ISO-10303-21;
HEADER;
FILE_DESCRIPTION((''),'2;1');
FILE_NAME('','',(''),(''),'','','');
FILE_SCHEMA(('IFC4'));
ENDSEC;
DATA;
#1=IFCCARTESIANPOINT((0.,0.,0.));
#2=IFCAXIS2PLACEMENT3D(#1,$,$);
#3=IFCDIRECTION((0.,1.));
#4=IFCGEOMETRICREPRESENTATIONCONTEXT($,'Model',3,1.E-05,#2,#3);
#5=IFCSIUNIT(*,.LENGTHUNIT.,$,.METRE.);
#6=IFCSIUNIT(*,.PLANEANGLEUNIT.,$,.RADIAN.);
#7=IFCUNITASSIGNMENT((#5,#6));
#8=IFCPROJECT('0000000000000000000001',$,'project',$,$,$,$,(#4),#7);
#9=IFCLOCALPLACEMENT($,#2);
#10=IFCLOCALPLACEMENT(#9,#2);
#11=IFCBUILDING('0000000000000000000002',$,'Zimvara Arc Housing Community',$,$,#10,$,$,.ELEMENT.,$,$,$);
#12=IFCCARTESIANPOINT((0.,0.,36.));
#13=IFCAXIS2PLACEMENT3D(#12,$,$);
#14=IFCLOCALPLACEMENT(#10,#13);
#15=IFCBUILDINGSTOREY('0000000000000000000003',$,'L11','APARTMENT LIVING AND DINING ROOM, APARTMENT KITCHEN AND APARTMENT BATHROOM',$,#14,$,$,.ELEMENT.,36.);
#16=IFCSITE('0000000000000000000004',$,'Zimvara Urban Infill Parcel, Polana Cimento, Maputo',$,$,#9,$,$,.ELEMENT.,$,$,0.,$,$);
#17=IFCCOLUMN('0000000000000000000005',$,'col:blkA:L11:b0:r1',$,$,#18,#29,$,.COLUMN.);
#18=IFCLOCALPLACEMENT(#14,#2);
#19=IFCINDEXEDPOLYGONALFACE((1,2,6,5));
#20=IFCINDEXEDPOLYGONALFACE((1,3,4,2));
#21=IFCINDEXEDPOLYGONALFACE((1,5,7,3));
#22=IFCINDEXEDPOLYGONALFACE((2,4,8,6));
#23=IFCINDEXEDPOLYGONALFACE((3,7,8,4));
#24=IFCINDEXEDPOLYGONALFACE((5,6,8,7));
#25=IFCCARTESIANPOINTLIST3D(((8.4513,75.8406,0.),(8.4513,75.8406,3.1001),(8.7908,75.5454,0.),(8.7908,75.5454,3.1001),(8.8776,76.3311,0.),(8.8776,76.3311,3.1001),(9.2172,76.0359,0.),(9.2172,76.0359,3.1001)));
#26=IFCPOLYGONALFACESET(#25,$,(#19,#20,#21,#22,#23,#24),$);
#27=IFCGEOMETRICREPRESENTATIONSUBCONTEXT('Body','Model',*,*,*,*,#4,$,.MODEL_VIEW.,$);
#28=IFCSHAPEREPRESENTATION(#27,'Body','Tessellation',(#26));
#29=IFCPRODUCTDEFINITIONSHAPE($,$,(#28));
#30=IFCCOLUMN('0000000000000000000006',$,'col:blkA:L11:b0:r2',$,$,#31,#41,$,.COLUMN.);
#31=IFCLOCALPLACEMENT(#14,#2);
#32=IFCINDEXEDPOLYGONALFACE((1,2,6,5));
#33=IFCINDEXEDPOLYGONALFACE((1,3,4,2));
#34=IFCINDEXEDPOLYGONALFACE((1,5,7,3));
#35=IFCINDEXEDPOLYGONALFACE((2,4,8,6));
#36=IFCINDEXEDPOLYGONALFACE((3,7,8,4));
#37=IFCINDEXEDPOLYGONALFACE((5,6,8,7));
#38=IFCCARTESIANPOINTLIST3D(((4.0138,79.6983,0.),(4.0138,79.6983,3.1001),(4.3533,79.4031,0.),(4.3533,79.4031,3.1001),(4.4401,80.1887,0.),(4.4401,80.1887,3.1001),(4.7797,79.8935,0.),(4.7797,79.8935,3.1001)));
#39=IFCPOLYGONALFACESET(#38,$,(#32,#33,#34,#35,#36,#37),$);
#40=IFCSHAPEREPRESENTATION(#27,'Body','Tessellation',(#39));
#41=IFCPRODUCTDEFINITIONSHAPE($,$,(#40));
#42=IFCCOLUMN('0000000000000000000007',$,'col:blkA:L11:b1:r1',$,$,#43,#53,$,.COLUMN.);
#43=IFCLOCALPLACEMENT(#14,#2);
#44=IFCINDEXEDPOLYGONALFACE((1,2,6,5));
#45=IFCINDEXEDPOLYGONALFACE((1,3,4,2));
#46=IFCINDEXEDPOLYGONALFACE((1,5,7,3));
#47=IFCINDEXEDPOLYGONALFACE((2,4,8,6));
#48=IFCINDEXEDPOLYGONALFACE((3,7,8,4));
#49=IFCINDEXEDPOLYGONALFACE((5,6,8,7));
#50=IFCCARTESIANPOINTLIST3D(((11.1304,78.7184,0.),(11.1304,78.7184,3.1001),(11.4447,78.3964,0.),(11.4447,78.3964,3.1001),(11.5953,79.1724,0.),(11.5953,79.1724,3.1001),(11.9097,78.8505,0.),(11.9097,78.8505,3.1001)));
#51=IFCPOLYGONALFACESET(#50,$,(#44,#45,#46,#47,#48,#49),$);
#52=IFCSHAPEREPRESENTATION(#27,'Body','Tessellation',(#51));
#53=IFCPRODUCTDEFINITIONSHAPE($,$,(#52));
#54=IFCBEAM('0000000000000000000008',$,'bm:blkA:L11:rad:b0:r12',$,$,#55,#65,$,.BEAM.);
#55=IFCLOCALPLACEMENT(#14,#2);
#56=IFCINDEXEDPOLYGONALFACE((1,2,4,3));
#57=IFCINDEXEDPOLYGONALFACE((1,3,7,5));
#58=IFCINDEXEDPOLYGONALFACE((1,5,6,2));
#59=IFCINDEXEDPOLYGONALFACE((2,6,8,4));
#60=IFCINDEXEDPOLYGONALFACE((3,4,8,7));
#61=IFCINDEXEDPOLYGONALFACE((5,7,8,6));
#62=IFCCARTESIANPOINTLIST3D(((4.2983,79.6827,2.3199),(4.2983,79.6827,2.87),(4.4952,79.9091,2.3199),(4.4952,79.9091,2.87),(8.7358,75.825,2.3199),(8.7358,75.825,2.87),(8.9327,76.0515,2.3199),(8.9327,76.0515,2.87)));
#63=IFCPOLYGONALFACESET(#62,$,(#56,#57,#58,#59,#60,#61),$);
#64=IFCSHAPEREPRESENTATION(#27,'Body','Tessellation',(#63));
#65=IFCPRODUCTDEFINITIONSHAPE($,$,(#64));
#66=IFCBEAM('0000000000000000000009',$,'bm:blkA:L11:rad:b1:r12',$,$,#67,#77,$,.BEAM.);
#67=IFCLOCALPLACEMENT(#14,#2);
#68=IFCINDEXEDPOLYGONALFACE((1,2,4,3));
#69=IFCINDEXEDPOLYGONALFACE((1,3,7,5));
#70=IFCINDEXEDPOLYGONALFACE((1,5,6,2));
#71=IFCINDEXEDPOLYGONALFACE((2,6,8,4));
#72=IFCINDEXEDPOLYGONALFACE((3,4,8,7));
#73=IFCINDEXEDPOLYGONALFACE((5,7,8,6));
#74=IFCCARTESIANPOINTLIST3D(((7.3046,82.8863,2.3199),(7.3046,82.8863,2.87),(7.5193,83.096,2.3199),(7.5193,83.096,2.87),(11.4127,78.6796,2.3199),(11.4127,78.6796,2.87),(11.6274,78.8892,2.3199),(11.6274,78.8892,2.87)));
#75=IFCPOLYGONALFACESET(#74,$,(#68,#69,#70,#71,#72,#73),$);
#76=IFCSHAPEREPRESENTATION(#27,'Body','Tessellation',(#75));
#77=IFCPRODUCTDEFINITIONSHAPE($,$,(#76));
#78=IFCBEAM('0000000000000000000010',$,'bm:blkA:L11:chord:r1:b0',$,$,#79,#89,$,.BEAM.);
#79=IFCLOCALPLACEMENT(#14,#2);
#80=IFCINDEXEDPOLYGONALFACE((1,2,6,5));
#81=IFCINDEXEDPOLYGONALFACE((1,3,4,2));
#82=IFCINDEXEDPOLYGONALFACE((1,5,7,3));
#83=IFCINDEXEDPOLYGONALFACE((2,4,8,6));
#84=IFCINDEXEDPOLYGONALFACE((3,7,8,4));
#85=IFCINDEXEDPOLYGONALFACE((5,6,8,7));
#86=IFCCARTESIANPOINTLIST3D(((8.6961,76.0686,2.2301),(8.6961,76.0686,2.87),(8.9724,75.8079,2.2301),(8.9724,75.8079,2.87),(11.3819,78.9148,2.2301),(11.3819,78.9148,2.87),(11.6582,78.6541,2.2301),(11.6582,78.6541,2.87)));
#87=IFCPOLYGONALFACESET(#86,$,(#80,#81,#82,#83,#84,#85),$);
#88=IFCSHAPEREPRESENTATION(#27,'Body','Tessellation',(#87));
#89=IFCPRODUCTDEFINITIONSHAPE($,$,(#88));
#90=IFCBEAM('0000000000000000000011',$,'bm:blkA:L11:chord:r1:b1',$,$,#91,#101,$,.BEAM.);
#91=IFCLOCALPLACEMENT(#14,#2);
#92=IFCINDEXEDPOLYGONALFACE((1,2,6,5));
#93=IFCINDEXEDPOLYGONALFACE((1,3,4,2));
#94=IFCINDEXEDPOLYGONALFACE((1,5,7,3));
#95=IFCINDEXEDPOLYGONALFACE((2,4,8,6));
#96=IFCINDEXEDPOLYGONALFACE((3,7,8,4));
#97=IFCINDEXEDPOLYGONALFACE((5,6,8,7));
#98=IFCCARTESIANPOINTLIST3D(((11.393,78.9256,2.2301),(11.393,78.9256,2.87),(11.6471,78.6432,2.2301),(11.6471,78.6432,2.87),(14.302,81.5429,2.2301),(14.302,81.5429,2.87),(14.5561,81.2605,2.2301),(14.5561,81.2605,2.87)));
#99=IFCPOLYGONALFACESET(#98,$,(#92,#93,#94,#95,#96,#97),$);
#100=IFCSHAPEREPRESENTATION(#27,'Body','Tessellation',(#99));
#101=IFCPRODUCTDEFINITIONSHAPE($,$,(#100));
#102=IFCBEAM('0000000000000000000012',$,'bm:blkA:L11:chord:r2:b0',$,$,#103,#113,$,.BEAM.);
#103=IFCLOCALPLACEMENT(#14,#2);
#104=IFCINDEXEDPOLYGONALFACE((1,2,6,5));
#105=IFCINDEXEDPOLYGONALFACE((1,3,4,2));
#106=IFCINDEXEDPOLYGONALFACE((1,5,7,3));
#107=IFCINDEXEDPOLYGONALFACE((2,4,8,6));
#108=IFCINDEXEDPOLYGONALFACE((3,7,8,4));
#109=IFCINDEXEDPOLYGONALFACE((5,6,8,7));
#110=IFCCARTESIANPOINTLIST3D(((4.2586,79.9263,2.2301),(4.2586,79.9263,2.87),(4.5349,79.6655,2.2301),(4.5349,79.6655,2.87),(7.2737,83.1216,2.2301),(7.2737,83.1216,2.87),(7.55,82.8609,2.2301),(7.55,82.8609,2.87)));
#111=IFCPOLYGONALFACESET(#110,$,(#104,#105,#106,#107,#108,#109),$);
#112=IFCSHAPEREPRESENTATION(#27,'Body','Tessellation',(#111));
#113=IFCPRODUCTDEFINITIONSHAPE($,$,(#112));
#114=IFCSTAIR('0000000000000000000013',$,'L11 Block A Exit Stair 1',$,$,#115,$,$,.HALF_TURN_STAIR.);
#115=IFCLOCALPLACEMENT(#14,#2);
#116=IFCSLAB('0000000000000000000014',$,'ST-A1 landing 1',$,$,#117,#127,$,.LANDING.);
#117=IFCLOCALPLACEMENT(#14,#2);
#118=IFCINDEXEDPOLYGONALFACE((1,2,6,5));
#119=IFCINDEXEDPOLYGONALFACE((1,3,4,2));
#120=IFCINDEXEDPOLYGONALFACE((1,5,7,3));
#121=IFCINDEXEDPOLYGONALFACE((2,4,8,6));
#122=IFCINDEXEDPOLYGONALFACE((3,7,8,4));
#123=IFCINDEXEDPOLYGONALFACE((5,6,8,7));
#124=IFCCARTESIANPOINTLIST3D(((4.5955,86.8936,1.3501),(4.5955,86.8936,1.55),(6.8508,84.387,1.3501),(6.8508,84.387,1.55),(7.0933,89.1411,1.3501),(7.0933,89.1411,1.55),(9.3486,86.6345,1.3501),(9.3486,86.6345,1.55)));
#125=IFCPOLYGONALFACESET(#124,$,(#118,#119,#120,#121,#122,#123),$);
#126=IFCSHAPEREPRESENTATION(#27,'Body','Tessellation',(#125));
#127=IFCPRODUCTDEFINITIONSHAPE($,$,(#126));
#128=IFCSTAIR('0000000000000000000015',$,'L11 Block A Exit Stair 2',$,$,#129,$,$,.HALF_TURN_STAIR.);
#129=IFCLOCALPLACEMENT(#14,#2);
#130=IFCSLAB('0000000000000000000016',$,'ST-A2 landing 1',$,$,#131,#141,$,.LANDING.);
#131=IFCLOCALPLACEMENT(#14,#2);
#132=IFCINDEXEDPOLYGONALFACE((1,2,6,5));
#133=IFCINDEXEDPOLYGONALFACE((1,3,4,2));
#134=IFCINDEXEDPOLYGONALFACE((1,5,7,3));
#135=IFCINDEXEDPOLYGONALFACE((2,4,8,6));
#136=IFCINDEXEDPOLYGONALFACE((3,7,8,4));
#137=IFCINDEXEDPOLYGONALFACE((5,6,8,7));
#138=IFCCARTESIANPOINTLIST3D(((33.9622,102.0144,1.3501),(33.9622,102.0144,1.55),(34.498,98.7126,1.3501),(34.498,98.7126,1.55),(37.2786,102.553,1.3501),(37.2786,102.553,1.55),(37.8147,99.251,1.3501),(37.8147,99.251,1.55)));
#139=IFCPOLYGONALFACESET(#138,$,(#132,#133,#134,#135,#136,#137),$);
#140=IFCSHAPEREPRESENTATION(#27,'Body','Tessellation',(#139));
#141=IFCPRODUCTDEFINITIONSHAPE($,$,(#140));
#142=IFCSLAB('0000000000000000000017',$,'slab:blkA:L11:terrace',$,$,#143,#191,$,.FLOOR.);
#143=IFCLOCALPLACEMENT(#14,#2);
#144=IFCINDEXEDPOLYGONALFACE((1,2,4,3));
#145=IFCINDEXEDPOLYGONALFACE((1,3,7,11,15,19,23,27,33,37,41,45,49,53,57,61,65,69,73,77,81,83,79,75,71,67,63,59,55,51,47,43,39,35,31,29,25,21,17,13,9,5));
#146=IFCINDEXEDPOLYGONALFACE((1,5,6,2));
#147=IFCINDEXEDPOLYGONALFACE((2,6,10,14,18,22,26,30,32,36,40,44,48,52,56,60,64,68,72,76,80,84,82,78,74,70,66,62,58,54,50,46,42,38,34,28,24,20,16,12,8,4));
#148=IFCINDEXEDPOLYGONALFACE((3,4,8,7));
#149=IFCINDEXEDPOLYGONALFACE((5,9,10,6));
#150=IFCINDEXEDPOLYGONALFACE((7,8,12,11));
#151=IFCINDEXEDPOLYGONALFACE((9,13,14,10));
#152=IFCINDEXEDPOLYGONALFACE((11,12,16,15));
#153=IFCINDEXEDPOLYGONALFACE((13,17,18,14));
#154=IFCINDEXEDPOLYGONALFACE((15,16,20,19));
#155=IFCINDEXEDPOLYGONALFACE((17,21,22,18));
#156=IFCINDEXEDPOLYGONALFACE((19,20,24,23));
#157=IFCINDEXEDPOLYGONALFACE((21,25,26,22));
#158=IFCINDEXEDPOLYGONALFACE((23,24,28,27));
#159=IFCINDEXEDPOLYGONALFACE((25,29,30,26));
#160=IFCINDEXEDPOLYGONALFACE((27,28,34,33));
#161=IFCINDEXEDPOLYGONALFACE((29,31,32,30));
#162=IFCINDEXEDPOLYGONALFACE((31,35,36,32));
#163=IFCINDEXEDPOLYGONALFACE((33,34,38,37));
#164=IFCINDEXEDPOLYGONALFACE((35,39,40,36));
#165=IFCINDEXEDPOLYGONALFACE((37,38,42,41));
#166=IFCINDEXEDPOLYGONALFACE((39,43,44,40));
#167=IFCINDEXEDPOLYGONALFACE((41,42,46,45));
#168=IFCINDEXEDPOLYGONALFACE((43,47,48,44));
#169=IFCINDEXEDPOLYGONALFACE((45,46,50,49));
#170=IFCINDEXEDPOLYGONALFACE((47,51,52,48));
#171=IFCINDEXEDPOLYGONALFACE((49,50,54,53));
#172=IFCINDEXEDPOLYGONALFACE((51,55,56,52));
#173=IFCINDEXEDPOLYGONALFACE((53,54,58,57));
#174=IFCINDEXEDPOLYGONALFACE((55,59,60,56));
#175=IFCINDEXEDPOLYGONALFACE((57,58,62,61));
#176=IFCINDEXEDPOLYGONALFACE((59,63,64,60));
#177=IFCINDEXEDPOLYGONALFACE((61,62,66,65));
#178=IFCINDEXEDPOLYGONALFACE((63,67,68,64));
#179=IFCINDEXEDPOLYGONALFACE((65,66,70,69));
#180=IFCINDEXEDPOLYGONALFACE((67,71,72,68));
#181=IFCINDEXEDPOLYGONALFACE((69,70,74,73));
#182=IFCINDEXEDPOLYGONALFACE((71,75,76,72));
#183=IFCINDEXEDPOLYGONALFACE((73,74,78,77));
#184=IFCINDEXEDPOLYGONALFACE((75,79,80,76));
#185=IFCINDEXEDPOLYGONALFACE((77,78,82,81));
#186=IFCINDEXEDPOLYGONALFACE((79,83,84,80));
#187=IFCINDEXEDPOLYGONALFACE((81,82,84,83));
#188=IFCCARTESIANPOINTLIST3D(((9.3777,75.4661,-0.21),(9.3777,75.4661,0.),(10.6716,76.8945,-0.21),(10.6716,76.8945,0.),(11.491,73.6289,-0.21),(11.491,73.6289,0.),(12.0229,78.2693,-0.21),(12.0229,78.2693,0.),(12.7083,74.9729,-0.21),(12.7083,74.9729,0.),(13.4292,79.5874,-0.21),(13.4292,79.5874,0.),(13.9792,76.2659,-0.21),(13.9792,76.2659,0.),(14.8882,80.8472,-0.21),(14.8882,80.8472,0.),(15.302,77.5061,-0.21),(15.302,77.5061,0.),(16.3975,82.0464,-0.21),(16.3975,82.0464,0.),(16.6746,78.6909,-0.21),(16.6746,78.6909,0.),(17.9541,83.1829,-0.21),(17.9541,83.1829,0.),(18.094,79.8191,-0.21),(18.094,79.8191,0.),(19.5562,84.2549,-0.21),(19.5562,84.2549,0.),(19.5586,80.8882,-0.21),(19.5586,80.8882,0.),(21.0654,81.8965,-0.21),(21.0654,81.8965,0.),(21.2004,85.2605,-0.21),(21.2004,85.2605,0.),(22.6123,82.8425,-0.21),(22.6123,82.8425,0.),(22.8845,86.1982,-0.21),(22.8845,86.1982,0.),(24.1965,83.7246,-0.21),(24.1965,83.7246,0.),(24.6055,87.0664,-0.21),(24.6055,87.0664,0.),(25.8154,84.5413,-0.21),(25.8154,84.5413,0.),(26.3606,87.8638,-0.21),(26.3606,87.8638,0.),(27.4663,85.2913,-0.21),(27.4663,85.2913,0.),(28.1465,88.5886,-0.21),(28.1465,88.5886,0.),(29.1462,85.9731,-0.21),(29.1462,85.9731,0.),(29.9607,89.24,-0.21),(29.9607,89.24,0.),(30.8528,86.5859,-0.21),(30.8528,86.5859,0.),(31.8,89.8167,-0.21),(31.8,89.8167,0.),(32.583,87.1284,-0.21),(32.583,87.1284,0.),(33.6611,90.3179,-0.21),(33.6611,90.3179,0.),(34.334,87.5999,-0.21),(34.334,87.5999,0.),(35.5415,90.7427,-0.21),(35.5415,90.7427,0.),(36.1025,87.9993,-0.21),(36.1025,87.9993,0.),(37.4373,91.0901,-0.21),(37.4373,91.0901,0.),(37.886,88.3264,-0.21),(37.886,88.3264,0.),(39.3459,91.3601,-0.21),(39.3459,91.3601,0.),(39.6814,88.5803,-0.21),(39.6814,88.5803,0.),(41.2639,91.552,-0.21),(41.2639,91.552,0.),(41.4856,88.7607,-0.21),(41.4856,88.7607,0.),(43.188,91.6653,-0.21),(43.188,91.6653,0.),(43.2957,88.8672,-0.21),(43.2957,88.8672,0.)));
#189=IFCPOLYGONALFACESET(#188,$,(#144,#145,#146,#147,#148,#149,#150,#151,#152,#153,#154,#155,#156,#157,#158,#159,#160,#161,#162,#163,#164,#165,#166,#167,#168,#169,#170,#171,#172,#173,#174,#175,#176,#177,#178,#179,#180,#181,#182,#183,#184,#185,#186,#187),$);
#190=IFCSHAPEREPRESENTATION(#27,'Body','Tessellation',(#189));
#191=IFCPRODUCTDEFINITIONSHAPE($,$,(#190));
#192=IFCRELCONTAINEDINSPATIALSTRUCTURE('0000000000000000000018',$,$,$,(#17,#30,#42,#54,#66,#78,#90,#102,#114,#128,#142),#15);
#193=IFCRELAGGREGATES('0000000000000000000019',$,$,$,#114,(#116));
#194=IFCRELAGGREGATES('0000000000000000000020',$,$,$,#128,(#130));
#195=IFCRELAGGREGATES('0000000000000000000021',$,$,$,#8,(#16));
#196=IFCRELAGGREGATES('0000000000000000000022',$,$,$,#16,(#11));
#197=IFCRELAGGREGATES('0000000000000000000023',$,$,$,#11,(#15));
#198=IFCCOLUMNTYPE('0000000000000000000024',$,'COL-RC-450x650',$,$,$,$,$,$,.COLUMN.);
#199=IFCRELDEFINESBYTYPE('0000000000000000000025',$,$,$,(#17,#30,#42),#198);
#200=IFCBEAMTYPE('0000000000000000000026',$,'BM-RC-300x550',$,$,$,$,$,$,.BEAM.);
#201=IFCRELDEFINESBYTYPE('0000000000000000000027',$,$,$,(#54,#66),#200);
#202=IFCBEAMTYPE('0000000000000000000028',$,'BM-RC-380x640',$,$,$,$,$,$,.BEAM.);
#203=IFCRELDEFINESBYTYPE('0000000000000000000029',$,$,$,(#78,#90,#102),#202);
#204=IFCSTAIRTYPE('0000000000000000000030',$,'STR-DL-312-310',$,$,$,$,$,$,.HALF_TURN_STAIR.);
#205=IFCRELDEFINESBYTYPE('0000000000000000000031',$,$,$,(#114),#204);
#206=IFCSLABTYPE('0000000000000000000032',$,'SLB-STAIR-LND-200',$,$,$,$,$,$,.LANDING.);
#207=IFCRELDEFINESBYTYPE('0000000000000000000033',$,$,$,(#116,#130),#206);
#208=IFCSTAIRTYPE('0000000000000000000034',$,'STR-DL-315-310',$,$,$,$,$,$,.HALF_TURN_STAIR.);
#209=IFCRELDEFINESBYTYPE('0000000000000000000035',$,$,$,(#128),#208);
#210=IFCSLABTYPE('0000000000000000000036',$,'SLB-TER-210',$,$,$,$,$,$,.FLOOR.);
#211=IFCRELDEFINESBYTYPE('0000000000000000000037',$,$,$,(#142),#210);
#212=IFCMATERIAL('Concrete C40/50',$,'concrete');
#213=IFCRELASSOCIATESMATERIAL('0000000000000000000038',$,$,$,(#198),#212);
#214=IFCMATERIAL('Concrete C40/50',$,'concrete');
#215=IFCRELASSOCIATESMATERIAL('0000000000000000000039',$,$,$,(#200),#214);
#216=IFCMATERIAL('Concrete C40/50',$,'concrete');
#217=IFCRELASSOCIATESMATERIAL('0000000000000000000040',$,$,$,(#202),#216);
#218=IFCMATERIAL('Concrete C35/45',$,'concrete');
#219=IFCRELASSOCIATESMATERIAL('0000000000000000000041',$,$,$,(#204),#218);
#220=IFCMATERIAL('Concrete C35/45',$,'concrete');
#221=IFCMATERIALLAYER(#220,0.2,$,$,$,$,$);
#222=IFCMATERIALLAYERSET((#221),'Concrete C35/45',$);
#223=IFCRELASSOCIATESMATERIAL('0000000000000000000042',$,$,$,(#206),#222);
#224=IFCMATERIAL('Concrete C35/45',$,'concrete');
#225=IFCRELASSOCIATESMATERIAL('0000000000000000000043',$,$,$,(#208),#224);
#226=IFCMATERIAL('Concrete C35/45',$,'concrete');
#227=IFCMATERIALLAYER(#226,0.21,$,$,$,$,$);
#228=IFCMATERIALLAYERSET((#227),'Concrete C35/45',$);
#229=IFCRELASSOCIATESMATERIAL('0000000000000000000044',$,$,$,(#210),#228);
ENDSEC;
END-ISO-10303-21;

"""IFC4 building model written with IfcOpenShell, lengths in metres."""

from ifc_helpers import new_model, si_unit, direction, frame, origin, origin_2d, place, context, subcontext, project, spatial, polyline, rectangle, outline, extrude, material, layer, layer_set, material_profile, profile_set, type_object, element, aggregate, save


model = new_model("IFC4")

# Units and contexts
model_context = context("Model", 3, precision=1e-05, world=origin(), true_north=direction((0.0, 1.0)))
body_context = subcontext(model_context, "Body", "Model", "MODEL_VIEW")
ifc_project = project(units=[si_unit("LENGTHUNIT", "METRE"), si_unit("PLANEANGLEUNIT", "RADIAN")], contexts=[model_context])

# Site, building, storey
site_placement = place(None, origin())
site = spatial("IfcSite", under=ifc_project, at=site_placement, Name="Zimvara Urban Infill Parcel, Polana Cimento, Maputo", CompositionType="ELEMENT", RefElevation=0.0)
building_placement = place(site_placement, origin())
building = spatial("IfcBuilding", under=site, at=building_placement, Name="Zimvara Arc Housing Community", CompositionType="ELEMENT")
storey_placement = place(building_placement, frame((0.0, 0.0, 36.0)))
storey = spatial("IfcBuildingStorey", under=building, at=storey_placement, Name="L11", Description="APARTMENT LIVING AND DINING ROOM, APARTMENT KITCHEN AND APARTMENT BATHROOM", CompositionType="ELEMENT", Elevation=36.0)

# Columns
ifc_material_1 = material(Name="Concrete C40/50", Category="concrete")
ifc_material_profile_1 = material_profile(ifc_material_1, rectangle(XDim=0.45, YDim=0.6499, at=origin_2d()), Name="RC 450x650")
ifc_profile_set_1 = profile_set([ifc_material_profile_1], Name="Concrete C40/50")
column_type = type_object("IfcColumnType", Name="COL-RC-450x650", PredefinedType="COLUMN", material=ifc_profile_set_1)
for number, where, z_axis, x_axis, name in (
    (1, (8.8342, 75.9382, 0.0), (0.0, 0.0, 1.0), (-0.75471, 0.656059, 0.0), "col:blkA:L11:b0:r1"),
    (2, (4.3967, 79.7959, 0.0), (0.0, 0.0, 1.0), (-0.75471, 0.656059, 0.0), "col:blkA:L11:b0:r2"),
    (3, (11.52, 78.7844, 0.0), (0.0, 0.0, 1.0), (-0.698665, 0.715449, 0.0), "col:blkA:L11:b1:r1"),
):
    element("IfcColumn", number, at=place(storey_placement, frame(where, z_axis=z_axis, x_axis=x_axis)), inside=storey, type_object=column_type, Name=name, PredefinedType="COLUMN", context=body_context, shape_type="SweptSolid", body=[
        extrude(rectangle(XDim=0.45, YDim=0.6499, at=origin_2d()), origin(), (0.0, 0.0, 1.0), 3.1001),
    ])

# Beams
ifc_material_2 = material(Name="Concrete C40/50", Category="concrete")
ifc_material_profile_2 = material_profile(ifc_material_2, rectangle(XDim=0.3, YDim=0.55, at=origin_2d()), Name="RC 300x550")
ifc_profile_set_2 = profile_set([ifc_material_profile_2], Name="Concrete C40/50")
beam_type_1 = type_object("IfcBeamType", Name="BM-RC-300x550", PredefinedType="BEAM", material=ifc_profile_set_2)
for number, where, z_axis, x_axis, name in (
    (4, (8.8342, 75.9382, 2.595), (-0.754692, 0.656079, 0.0), (-0.656079, -0.754692, 0.0), "bm:blkA:L11:rad:b0:r12"),
    (5, (11.52, 78.7844, 2.595), (-0.69867, 0.715444, 0.0), (-0.715444, -0.69867, 0.0), "bm:blkA:L11:rad:b1:r12"),
):
    element("IfcBeam", number, at=place(storey_placement, frame(where, z_axis=z_axis, x_axis=x_axis)), inside=storey, type_object=beam_type_1, Name=name, PredefinedType="BEAM", context=body_context, shape_type="SweptSolid", body=[
        extrude(rectangle(XDim=0.3, YDim=0.55, at=origin_2d()), origin(), (0.0, 0.0, 1.0), 5.8799),
    ])
ifc_material_3 = material(Name="Concrete C40/50", Category="concrete")
ifc_material_profile_3 = material_profile(ifc_material_3, rectangle(XDim=0.3799, YDim=0.6399, at=origin_2d()), Name="RC 380x640")
ifc_profile_set_3 = profile_set([ifc_material_profile_3], Name="Concrete C40/50")
beam_type_2 = type_object("IfcBeamType", Name="BM-RC-380x640", PredefinedType="BEAM", material=ifc_profile_set_3)
beam_1_placement = place(storey_placement, frame((8.8342, 75.9382, 2.55), z_axis=(0.686316, 0.727304, 0.0), x_axis=(-0.727304, 0.686316, 0.0)))
element("IfcBeam", 6, at=beam_1_placement, inside=storey, type_object=beam_type_2, Name="bm:blkA:L11:chord:r1:b0", PredefinedType="BEAM", context=body_context, shape_type="SweptSolid", body=[
    extrude(rectangle(XDim=0.3799, YDim=0.6399, at=origin_2d()), origin(), (0.0, 0.0, 1.0), 3.9133),
])
beam_2_placement = place(storey_placement, frame((11.52, 78.7844, 2.55), z_axis=(0.743403, 0.668844, 0.0), x_axis=(-0.668844, 0.743403, 0.0)))
element("IfcBeam", 7, at=beam_2_placement, inside=storey, type_object=beam_type_2, Name="bm:blkA:L11:chord:r1:b1", PredefinedType="BEAM", context=body_context, shape_type="SweptSolid", body=[
    extrude(rectangle(XDim=0.3799, YDim=0.6399, at=origin_2d()), origin(), (0.0, 0.0, 1.0), 3.9131),
])
beam_3_placement = place(storey_placement, frame((4.3967, 79.7959, 2.55), z_axis=(0.686304, 0.727315, 0.0), x_axis=(-0.727315, 0.686304, 0.0)))
element("IfcBeam", 8, at=beam_3_placement, inside=storey, type_object=beam_type_2, Name="bm:blkA:L11:chord:r2:b0", PredefinedType="BEAM", context=body_context, shape_type="SweptSolid", body=[
    extrude(rectangle(XDim=0.3799, YDim=0.6399, at=origin_2d()), origin(), (0.0, 0.0, 1.0), 4.3933),
])

# Stairs, slabs
ifc_material_4 = material(Name="Concrete C35/45", Category="concrete")
stair_type_1 = type_object("IfcStairType", Name="STR-DL-312-310", PredefinedType="HALF_TURN_STAIR", material=ifc_material_4)
stair_1_placement = place(storey_placement, origin())
stair_1 = element("IfcStair", 9, at=stair_1_placement, inside=storey, type_object=stair_type_1, Name="L11 Block A Exit Stair 1", PredefinedType="HALF_TURN_STAIR")
ifc_material_5 = material(Name="Concrete C35/45", Category="concrete")
ifc_layer_1 = layer(ifc_material_5, 0.2)
ifc_layer_set_1 = layer_set([ifc_layer_1], Name="Concrete C35/45")
slab_type_1 = type_object("IfcSlabType", Name="SLB-STAIR-LND-200", PredefinedType="LANDING", material=ifc_layer_set_1)
slab_1_placement = place(storey_placement, frame((0.0, 0.0, 1.3501)))
slab_1 = element("IfcSlab", 10, at=slab_1_placement, type_object=slab_type_1, Name="ST-A1 landing 1", PredefinedType="LANDING", context=body_context, shape_type="SweptSolid", body=[
    extrude(outline(polyline([(9.3486, 86.6345), (7.0933, 89.1411), (4.5955, 86.8936), (6.8508, 84.387), (9.3486, 86.6345)])), origin(), (0.0, 0.0, 1.0), 0.2),
])
aggregate(stair_1, [slab_1])
ifc_material_6 = material(Name="Concrete C35/45", Category="concrete")
stair_type_2 = type_object("IfcStairType", Name="STR-DL-315-310", PredefinedType="HALF_TURN_STAIR", material=ifc_material_6)
stair_2_placement = place(storey_placement, origin())
stair_2 = element("IfcStair", 11, at=stair_2_placement, inside=storey, type_object=stair_type_2, Name="L11 Block A Exit Stair 2", PredefinedType="HALF_TURN_STAIR")
slab_2_placement = place(storey_placement, frame((0.0, 0.0, 1.3501)))
slab_2 = element("IfcSlab", 12, at=slab_2_placement, type_object=slab_type_1, Name="ST-A2 landing 1", PredefinedType="LANDING", context=body_context, shape_type="SweptSolid", body=[
    extrude(outline(polyline([(37.8147, 99.251), (37.2786, 102.553), (33.9622, 102.0144), (34.498, 98.7126), (37.8147, 99.251)])), origin(), (0.0, 0.0, 1.0), 0.2),
])
aggregate(stair_2, [slab_2])

# Slab
ifc_material_7 = material(Name="Concrete C35/45", Category="concrete")
ifc_layer_2 = layer(ifc_material_7, 0.21)
ifc_layer_set_2 = layer_set([ifc_layer_2], Name="Concrete C35/45")
slab_type_2 = type_object("IfcSlabType", Name="SLB-TER-210", PredefinedType="FLOOR", material=ifc_layer_set_2)
slab_3_placement = place(storey_placement, frame((0.0, 0.0, -0.21)))
element("IfcSlab", 13, at=slab_3_placement, inside=storey, type_object=slab_type_2, Name="slab:blkA:L11:terrace", PredefinedType="FLOOR", context=body_context, shape_type="SweptSolid", body=[
    extrude(outline(polyline([(11.491, 73.6289), (12.7083, 74.9729), (13.9792, 76.2659), (15.302, 77.5061), (16.6746, 78.6909), (18.094, 79.8191), (19.5586, 80.8882), (21.0654, 81.8965), (22.6123, 82.8425), (24.1965, 83.7246), (25.8154, 84.5413), (27.4663, 85.2913), (29.1462, 85.9731), (30.8528, 86.5859), (32.583, 87.1284), (34.334, 87.5999), (36.1025, 87.9993), (37.886, 88.3264), (39.6814, 88.5803), (41.4856, 88.7607), (43.2957, 88.8672), (43.188, 91.6653), (41.2639, 91.552), (39.3459, 91.3601), (37.4373, 91.0901), (35.5415, 90.7427), (33.6611, 90.3179), (31.8, 89.8167), (29.9607, 89.24), (28.1465, 88.5886), (26.3606, 87.8638), (24.6055, 87.0664), (22.8845, 86.1982), (21.2004, 85.2605), (19.5562, 84.2549), (17.9541, 83.1829), (16.3975, 82.0464), (14.8882, 80.8472), (13.4292, 79.5874), (12.0229, 78.2693), (10.6716, 76.8945), (9.3777, 75.4661), (11.491, 73.6289)])), origin(), (0.0, 0.0, 1.0), 0.21),
])

save(model, "model.ifc")
